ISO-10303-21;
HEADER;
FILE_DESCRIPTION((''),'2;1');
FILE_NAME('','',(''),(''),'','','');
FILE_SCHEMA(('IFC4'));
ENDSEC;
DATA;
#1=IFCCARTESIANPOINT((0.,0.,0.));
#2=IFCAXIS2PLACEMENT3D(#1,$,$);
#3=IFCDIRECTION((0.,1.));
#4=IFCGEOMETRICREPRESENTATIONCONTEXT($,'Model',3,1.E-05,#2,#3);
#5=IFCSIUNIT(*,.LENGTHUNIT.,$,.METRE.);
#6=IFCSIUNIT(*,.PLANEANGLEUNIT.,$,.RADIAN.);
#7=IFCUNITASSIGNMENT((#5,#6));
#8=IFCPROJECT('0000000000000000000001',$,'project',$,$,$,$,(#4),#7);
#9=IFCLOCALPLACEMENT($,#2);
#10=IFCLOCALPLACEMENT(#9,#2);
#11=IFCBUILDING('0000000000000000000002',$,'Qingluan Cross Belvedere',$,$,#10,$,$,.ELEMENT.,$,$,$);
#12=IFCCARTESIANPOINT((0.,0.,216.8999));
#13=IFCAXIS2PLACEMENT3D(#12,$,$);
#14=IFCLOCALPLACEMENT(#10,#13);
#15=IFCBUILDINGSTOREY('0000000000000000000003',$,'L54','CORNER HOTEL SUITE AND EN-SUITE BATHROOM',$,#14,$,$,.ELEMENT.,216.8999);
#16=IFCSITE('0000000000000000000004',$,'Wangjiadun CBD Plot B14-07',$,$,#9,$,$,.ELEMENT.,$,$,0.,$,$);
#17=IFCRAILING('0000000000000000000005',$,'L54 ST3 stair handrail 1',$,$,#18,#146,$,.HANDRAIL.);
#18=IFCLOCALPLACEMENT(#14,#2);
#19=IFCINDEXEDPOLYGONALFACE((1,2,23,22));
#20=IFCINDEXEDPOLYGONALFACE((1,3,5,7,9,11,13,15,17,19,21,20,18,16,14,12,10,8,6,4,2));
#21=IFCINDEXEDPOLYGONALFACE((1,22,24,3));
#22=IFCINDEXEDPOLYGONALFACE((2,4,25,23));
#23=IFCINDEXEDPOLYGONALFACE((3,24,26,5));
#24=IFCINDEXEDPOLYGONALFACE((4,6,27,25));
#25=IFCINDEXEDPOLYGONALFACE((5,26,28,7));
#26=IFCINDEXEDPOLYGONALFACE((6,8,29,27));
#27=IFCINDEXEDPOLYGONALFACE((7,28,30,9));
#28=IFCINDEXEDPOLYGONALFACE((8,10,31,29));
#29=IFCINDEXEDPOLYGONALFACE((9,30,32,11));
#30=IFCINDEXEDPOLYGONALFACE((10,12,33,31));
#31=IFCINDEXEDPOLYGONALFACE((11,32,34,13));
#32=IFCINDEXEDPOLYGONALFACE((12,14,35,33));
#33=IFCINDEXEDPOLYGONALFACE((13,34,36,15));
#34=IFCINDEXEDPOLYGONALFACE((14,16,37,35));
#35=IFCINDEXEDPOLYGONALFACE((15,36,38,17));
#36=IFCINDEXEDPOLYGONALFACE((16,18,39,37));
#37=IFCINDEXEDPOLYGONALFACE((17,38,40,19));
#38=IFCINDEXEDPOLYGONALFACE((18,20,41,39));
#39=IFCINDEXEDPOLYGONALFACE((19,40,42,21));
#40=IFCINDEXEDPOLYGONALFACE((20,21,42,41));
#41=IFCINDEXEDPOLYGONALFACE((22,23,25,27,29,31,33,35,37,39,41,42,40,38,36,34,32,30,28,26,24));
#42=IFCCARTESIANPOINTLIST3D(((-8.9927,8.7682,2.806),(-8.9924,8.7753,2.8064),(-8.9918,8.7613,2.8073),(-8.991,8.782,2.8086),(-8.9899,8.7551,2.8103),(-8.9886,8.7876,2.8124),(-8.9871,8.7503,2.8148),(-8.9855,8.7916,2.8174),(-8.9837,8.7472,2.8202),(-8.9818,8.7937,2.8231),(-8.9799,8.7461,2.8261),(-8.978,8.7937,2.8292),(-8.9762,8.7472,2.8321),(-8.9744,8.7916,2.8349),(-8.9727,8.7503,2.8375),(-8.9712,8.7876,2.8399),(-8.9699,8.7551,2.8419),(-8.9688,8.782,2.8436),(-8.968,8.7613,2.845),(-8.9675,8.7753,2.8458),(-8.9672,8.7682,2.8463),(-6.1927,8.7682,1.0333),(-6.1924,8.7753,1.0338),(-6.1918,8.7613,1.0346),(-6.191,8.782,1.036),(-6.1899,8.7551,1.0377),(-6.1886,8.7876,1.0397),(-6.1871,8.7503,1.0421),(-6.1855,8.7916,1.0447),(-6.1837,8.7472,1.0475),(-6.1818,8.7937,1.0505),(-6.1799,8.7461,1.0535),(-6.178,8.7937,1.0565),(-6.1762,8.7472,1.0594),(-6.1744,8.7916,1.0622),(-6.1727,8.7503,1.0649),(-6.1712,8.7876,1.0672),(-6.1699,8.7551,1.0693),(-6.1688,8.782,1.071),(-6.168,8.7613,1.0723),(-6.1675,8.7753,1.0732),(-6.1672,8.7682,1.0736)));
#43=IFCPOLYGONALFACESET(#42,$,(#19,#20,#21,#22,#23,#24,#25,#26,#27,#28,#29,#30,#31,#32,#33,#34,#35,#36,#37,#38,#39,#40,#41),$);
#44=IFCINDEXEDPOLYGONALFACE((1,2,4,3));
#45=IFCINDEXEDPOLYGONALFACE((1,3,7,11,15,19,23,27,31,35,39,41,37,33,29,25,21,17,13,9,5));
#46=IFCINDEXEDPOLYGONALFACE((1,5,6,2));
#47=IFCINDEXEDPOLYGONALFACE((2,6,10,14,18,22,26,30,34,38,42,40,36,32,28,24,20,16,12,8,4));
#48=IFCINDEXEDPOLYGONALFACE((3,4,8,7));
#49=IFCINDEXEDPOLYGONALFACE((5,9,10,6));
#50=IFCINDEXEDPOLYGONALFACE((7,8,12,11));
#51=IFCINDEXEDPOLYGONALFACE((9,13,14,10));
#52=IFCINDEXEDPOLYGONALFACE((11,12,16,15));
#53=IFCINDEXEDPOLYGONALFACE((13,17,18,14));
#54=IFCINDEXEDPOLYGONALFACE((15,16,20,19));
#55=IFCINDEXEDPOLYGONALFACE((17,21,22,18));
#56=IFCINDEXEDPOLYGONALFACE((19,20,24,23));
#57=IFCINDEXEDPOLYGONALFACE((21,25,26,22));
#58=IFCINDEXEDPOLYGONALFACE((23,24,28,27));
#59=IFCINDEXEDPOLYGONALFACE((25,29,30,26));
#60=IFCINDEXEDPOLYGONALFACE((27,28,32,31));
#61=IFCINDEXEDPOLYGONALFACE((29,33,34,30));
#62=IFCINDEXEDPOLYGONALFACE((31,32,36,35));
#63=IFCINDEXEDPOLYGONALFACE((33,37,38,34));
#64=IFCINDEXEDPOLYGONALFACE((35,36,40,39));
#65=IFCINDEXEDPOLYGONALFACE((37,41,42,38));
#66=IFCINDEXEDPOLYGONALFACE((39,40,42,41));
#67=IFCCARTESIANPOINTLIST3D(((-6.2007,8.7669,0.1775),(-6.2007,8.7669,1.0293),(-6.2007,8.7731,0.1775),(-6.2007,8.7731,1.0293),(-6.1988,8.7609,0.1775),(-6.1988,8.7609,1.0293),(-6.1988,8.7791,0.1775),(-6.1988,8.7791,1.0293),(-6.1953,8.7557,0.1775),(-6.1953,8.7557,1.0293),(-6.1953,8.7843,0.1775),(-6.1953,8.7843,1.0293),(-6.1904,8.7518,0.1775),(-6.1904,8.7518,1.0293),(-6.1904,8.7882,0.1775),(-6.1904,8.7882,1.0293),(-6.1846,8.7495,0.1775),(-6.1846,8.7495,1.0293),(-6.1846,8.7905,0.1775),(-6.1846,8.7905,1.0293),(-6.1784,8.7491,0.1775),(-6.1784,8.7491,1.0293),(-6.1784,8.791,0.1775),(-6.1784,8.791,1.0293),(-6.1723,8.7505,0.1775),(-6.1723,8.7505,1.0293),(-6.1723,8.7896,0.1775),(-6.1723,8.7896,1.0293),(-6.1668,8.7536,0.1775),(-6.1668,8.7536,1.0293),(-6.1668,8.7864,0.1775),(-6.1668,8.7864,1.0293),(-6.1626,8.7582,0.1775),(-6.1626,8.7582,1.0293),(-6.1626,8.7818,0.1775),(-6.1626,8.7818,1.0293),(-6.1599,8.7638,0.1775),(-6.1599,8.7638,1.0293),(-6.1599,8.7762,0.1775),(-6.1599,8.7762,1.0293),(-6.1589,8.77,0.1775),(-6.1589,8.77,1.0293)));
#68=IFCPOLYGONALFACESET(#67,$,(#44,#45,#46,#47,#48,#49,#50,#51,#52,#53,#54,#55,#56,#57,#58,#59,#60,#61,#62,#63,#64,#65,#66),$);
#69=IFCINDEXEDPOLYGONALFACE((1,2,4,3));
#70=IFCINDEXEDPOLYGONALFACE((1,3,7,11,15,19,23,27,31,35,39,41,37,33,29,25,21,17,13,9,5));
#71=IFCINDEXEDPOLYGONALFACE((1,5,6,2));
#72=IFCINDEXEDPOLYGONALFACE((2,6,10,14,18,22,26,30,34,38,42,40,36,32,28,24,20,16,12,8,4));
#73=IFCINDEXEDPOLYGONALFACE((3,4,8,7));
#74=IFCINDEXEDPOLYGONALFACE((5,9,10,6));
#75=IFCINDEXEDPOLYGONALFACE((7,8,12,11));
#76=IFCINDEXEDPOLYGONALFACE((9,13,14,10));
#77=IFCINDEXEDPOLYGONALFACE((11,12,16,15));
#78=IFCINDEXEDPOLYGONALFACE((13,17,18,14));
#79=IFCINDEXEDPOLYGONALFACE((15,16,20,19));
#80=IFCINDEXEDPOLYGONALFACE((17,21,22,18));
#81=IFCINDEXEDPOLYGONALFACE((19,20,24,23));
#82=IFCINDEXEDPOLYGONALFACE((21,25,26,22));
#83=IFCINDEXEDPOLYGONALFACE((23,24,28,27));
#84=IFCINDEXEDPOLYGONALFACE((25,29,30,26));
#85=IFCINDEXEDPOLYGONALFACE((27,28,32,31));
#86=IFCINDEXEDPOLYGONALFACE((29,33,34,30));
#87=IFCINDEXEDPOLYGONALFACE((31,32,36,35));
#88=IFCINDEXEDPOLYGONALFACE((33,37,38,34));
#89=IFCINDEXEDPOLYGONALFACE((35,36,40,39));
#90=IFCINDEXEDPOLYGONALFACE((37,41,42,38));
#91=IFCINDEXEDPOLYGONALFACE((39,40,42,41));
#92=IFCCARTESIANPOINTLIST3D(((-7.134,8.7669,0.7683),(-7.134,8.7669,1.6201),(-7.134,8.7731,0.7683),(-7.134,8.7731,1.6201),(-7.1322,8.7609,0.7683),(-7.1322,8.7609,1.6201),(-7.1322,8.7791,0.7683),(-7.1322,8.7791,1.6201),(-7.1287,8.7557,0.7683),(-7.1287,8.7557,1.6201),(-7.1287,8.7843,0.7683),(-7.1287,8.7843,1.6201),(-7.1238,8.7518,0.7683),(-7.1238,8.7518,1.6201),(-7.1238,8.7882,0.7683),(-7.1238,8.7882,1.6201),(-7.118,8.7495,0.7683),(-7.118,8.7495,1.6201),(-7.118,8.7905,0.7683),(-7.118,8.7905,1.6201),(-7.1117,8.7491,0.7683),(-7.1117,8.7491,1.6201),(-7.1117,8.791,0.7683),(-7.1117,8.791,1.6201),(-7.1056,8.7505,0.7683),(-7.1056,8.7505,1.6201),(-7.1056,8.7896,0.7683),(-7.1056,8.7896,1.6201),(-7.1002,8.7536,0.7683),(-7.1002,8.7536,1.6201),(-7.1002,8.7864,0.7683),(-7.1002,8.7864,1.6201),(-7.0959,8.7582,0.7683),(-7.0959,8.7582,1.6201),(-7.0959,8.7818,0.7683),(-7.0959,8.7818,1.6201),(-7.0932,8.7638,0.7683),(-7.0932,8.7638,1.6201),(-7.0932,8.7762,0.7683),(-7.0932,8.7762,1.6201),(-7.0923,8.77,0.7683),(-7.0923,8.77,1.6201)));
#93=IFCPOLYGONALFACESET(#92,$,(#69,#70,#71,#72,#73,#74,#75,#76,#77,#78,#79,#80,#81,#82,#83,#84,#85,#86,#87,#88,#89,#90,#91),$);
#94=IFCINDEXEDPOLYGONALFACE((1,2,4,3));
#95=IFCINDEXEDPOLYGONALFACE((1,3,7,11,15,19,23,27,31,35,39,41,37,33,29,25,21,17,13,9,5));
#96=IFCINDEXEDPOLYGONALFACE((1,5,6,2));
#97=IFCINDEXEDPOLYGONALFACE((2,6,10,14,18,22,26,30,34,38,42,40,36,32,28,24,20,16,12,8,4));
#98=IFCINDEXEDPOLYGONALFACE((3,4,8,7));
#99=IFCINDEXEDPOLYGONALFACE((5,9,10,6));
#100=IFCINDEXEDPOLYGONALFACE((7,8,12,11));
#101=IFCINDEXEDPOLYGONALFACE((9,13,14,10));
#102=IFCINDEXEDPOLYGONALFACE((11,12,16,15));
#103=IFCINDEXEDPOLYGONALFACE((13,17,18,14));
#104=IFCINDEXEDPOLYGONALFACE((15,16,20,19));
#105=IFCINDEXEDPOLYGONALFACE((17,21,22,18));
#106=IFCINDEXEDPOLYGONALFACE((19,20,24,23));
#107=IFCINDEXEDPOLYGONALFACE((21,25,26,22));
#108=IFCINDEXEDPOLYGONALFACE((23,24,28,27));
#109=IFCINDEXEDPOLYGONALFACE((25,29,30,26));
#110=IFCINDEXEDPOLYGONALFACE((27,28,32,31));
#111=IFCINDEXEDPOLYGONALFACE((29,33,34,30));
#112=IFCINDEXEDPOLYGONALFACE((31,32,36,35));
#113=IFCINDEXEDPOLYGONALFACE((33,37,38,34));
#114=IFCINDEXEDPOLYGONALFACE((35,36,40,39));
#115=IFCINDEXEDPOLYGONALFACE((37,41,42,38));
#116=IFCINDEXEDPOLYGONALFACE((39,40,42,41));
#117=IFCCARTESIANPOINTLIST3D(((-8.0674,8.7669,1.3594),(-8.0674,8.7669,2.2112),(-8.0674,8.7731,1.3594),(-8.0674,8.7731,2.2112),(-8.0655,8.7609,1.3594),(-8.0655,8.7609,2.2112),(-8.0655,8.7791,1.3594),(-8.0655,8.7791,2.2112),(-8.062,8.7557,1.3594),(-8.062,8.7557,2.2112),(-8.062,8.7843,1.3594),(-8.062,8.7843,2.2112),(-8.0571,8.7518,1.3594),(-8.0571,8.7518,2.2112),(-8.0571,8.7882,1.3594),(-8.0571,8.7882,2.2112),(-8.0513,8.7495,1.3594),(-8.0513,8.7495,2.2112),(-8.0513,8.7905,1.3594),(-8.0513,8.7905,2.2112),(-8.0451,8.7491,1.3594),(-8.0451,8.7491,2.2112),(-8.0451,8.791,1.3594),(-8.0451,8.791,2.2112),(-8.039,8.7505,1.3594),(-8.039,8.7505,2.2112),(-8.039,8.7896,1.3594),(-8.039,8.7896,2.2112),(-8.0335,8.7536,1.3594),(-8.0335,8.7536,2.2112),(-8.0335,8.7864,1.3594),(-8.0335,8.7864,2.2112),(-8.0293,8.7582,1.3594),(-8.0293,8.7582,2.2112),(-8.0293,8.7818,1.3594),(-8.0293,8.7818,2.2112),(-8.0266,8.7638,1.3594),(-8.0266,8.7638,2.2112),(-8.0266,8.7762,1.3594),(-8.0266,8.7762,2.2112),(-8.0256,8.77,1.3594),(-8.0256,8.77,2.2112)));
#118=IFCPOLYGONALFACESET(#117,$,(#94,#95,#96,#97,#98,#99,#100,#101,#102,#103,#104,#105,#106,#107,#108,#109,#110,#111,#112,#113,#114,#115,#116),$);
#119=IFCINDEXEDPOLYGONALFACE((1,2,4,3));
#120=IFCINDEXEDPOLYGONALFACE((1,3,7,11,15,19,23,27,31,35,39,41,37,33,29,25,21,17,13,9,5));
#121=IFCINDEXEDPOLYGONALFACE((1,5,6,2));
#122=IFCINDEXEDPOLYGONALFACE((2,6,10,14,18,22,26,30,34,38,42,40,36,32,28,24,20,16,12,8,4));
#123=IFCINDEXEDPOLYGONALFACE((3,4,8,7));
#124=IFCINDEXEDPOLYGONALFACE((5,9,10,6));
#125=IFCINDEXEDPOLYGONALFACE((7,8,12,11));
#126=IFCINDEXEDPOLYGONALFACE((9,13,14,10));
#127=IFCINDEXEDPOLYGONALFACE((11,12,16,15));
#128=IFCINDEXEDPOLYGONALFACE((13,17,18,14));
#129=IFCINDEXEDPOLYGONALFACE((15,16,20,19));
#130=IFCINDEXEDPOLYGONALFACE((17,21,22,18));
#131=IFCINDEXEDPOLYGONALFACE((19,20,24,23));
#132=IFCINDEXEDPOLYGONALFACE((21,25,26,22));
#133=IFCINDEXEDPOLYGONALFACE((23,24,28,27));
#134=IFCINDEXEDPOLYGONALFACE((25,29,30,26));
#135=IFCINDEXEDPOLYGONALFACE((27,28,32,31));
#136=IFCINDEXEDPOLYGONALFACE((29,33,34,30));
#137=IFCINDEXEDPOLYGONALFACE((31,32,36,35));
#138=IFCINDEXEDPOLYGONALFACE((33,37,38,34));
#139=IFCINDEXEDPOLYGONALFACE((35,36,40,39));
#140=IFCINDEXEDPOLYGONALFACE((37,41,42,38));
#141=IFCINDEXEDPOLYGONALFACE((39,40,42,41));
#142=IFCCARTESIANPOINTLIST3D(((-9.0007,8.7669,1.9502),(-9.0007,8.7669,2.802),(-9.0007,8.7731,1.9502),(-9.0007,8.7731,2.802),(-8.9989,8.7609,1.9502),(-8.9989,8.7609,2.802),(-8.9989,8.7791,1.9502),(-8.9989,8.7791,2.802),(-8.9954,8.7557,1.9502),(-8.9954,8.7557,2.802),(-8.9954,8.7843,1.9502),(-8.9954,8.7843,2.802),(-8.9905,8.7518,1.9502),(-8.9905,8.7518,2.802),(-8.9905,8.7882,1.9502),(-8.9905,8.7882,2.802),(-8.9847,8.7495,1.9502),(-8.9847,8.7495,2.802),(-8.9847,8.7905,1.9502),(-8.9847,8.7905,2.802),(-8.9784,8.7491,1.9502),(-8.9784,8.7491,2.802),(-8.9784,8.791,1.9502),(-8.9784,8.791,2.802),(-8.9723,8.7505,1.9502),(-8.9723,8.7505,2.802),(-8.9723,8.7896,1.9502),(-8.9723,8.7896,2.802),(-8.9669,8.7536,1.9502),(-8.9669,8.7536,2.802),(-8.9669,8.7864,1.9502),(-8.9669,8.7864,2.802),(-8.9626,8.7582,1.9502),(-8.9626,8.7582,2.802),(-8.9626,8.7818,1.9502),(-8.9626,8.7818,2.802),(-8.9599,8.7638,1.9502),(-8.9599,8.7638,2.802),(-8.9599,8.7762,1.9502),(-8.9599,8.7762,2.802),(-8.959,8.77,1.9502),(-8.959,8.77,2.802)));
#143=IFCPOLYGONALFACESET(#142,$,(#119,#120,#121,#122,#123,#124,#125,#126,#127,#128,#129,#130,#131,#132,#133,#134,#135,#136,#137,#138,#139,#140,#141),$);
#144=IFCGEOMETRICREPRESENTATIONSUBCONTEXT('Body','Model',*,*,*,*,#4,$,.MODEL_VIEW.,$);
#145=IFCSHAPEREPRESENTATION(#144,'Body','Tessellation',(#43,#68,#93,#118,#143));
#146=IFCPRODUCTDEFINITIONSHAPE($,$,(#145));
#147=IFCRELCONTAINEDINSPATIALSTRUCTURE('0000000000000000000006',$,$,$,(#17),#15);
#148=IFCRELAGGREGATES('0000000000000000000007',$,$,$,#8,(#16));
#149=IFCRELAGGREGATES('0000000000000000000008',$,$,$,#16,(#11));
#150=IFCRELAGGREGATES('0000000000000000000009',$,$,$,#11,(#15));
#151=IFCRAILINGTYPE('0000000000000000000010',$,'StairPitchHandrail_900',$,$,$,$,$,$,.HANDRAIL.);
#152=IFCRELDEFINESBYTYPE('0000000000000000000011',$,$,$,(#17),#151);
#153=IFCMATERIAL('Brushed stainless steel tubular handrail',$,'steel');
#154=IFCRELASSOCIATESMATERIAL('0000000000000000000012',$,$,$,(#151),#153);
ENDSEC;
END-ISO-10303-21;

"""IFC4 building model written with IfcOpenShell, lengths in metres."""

from ifc_helpers import new_model, si_unit, direction, frame, origin, origin_2d, place, context, subcontext, project, spatial, circle, extrude, material, type_object, element, save


model = new_model("IFC4")

# Units and contexts
model_context = context("Model", 3, precision=1e-05, world=origin(), true_north=direction((0.0, 1.0)))
body_context = subcontext(model_context, "Body", "Model", "MODEL_VIEW")
ifc_project = project(units=[si_unit("LENGTHUNIT", "METRE"), si_unit("PLANEANGLEUNIT", "RADIAN")], contexts=[model_context])

# Site, building, storey
site_placement = place(None, origin())
site = spatial("IfcSite", under=ifc_project, at=site_placement, Name="Wangjiadun CBD Plot B14-07", CompositionType="ELEMENT", RefElevation=0.0)
building_placement = place(site_placement, origin())
building = spatial("IfcBuilding", under=site, at=building_placement, Name="Qingluan Cross Belvedere", CompositionType="ELEMENT")
storey_placement = place(building_placement, frame((0.0, 0.0, 216.8999)))
storey = spatial("IfcBuildingStorey", under=building, at=storey_placement, Name="L54", Description="CORNER HOTEL SUITE AND EN-SUITE BATHROOM", CompositionType="ELEMENT", Elevation=216.8999)

# Railing
ifc_material_1 = material(Name="Brushed stainless steel tubular handrail", Category="steel")
railing_type = type_object("IfcRailingType", Name="StairPitchHandrail_900", PredefinedType="HANDRAIL", material=ifc_material_1)
railing_placement = place(storey_placement, frame((-6.1799, 8.77, 0.1775)))
element("IfcRailing", 1, at=railing_placement, inside=storey, type_object=railing_type, Name="L54 ST3 stair handrail 1", PredefinedType="HANDRAIL", context=body_context, shape_type="SweptSolid", body=[
    extrude(circle(Radius=0.0239, at=origin_2d()), frame((0.0, 0.0, 0.876), z_axis=(-0.844909, 0.0, 0.53491), x_axis=(0.0, -1.0, 0.0)), (0.0, 0.0, 1.0), 3.314),
    extrude(circle(Radius=0.021, at=origin_2d()), origin(), (0.0, 0.0, 1.0), 0.8518),
    extrude(circle(Radius=0.021, at=origin_2d()), frame((-0.9333, 0.0, 0.5908)), (0.0, 0.0, 1.0), 0.8518),
    extrude(circle(Radius=0.021, at=origin_2d()), frame((-1.8667, 0.0, 1.1819)), (0.0, 0.0, 1.0), 0.8518),
    extrude(circle(Radius=0.021, at=origin_2d()), frame((-2.8, 0.0, 1.7727)), (0.0, 0.0, 1.0), 0.8518),
])

save(model, "model.ifc")
